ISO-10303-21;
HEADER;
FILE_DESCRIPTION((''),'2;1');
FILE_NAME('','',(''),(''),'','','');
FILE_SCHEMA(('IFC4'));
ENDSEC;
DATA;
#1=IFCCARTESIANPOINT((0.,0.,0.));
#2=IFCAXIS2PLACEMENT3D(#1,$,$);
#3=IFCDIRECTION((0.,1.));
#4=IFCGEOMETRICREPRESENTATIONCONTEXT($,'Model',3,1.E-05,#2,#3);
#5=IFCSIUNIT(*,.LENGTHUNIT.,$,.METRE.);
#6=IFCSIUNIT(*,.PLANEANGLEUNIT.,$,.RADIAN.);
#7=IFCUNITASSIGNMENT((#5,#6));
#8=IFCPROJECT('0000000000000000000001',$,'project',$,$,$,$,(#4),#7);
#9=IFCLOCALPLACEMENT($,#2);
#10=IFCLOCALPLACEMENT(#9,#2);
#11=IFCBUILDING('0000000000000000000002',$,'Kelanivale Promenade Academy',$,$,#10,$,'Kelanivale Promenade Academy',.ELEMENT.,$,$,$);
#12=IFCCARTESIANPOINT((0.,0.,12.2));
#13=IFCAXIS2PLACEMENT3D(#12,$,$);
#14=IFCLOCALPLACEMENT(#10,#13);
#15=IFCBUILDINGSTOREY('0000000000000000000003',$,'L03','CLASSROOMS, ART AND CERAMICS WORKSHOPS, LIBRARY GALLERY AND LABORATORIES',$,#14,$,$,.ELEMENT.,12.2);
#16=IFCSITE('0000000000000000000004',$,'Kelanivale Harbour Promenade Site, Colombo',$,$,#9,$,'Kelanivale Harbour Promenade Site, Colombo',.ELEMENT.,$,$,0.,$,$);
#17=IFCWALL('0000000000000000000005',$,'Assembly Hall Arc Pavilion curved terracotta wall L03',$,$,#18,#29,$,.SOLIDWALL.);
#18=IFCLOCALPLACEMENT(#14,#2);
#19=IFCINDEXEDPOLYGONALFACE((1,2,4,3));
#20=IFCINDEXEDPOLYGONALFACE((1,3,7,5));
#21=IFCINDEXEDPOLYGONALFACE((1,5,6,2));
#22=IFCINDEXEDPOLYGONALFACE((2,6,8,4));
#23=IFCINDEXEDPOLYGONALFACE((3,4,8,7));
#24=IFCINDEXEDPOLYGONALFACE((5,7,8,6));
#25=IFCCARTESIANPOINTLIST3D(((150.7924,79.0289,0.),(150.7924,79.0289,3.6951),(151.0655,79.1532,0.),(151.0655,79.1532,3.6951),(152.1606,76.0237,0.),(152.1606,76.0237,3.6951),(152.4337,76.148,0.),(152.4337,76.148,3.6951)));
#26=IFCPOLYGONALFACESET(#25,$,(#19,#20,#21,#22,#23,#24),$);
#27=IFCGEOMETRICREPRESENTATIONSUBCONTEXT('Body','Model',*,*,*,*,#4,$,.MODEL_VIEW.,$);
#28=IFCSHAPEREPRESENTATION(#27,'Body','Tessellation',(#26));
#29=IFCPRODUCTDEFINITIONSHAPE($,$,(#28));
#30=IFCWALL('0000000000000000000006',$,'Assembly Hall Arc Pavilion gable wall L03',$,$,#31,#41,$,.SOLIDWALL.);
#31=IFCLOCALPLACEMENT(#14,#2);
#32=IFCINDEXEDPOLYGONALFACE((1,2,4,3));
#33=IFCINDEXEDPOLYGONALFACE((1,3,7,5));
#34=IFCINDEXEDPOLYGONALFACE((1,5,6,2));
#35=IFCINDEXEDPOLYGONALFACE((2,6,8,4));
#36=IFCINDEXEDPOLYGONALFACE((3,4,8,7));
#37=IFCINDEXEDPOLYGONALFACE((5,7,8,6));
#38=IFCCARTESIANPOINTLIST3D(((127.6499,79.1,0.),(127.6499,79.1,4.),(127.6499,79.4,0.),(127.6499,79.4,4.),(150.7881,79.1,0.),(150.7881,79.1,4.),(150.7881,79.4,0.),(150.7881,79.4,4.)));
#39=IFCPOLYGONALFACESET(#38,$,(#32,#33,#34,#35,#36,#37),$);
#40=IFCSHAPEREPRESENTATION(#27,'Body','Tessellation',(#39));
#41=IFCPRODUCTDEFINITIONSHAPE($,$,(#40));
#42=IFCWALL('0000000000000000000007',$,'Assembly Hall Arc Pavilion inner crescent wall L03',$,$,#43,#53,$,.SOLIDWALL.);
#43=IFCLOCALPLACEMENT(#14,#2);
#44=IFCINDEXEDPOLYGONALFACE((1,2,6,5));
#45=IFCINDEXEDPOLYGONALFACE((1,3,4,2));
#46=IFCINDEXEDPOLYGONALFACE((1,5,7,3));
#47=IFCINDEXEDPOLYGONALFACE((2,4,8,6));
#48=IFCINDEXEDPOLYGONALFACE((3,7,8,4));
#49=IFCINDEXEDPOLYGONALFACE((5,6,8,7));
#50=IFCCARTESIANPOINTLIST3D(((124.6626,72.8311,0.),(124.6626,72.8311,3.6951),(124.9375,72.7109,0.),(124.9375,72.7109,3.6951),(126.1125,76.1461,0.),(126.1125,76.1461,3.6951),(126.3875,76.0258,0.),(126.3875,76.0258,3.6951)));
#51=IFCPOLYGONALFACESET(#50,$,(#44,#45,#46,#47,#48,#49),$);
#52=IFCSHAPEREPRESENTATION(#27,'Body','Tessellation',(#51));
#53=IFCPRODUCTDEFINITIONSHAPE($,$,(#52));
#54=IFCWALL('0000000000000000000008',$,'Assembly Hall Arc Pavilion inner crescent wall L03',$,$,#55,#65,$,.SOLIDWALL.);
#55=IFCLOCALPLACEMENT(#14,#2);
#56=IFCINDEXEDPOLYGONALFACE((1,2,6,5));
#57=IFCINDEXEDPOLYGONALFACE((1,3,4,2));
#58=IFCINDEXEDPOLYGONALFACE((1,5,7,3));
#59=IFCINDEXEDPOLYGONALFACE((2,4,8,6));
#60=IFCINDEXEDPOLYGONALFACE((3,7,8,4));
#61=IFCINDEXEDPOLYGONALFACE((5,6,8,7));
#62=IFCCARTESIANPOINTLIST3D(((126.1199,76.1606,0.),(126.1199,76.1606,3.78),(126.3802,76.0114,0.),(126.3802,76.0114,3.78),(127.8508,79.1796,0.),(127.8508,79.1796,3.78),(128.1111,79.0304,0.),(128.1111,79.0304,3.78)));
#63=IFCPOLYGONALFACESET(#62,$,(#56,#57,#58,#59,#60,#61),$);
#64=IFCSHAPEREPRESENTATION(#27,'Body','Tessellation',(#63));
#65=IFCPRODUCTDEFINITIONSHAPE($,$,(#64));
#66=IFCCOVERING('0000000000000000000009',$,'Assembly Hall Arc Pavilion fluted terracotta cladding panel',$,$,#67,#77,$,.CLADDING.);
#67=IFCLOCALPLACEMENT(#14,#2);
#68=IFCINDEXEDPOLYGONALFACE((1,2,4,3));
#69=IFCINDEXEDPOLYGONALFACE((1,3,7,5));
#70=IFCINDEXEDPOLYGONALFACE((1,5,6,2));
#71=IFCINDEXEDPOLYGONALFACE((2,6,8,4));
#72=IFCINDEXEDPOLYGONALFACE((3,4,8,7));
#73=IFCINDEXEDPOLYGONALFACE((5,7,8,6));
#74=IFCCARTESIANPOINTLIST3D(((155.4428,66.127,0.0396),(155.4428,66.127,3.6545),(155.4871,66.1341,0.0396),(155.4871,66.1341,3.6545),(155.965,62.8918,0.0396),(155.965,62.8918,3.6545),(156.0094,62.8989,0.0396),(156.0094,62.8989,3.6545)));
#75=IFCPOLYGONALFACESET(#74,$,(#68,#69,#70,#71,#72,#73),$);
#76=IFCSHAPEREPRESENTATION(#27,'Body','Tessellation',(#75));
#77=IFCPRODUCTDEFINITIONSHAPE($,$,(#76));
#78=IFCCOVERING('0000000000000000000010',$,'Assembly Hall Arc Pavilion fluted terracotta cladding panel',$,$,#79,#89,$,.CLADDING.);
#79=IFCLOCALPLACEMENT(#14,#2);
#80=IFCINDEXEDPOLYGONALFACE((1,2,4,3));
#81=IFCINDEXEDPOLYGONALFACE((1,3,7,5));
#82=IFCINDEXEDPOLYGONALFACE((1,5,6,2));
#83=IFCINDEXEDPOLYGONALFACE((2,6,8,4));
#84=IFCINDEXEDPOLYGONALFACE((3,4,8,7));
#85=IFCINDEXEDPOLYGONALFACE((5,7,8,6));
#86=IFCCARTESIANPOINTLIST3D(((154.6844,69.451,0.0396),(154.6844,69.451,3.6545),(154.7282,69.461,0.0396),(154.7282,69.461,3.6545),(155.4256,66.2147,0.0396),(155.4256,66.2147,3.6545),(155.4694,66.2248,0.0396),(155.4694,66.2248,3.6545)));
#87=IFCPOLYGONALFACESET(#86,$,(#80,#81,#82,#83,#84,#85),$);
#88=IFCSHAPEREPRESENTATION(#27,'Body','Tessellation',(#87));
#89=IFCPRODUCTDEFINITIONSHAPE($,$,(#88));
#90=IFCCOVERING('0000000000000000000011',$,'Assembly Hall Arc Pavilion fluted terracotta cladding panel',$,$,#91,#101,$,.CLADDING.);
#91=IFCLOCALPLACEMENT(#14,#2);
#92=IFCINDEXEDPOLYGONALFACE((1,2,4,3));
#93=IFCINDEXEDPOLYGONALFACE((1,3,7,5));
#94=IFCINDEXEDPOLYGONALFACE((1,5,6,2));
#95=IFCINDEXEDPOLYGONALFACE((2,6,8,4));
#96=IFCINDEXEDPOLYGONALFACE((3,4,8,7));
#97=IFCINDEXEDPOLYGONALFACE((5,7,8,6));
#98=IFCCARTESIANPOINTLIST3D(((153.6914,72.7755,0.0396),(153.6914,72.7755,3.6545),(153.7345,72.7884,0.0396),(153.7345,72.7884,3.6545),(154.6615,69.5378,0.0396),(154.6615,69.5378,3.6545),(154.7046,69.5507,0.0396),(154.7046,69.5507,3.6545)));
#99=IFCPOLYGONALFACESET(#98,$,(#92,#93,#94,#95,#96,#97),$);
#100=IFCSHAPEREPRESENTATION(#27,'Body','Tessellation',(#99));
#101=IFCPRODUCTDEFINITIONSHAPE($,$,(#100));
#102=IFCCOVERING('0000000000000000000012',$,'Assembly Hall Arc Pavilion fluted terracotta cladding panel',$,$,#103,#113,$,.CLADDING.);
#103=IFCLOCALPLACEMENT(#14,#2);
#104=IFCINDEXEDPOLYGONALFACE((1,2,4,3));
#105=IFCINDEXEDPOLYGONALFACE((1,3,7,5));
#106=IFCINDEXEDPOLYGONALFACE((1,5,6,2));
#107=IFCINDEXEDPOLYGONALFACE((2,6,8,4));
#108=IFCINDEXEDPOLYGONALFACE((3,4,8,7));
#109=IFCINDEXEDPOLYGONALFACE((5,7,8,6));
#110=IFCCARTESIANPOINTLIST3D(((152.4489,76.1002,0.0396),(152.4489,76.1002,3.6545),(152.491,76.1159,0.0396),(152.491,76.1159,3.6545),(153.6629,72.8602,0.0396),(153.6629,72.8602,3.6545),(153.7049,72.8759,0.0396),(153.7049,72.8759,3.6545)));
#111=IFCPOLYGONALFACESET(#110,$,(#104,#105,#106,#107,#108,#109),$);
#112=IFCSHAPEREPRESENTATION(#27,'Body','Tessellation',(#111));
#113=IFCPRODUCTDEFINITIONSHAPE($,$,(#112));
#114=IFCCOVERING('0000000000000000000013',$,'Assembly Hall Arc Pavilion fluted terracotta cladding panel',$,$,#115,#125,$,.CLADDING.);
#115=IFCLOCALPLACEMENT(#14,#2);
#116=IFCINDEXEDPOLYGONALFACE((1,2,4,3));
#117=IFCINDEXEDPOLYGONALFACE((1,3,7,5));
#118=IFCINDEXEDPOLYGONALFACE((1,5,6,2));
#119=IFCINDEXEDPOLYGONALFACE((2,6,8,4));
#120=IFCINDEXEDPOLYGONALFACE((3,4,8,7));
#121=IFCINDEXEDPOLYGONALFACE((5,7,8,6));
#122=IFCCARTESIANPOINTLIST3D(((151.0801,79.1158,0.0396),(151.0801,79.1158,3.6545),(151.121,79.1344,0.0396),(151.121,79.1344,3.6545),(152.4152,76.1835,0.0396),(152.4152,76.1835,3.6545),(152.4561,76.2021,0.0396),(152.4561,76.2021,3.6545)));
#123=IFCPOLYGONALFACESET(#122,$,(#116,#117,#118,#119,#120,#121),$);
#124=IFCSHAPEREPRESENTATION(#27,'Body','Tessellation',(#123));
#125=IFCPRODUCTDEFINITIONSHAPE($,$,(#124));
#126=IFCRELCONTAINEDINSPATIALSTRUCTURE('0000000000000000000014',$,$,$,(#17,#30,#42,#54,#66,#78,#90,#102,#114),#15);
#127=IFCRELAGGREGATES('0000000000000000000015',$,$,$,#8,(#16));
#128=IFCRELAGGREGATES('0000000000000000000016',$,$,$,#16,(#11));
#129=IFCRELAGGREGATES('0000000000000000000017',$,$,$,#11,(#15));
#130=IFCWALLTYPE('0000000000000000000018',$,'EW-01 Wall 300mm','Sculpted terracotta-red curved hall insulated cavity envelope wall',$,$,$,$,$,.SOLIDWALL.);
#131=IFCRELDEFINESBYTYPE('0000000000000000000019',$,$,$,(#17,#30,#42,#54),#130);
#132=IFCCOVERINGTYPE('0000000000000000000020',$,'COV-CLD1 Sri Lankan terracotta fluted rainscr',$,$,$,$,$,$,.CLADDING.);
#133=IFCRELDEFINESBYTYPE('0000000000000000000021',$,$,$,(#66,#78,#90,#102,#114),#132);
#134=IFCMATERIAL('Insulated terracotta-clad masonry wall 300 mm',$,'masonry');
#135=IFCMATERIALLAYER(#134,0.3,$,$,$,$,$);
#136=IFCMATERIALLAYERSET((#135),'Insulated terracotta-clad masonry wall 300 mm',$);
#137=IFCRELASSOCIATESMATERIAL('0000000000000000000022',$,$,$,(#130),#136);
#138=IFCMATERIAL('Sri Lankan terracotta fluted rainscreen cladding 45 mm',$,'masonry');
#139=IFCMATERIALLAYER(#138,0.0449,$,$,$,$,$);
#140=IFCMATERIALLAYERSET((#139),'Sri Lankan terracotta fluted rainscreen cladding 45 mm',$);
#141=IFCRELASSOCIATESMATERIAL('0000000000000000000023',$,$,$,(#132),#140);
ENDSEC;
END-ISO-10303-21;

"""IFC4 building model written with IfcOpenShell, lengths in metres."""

from ifc_helpers import new_model, si_unit, direction, frame, frame_2d, origin, origin_2d, place, context, subcontext, project, spatial, rectangle, extrude, material, layer, layer_set, type_object, element, save


model = new_model("IFC4")

# Units and contexts
model_context = context("Model", 3, precision=1e-05, world=origin(), true_north=direction((0.0, 1.0)))
body_context = subcontext(model_context, "Body", "Model", "MODEL_VIEW")
ifc_project = project(units=[si_unit("LENGTHUNIT", "METRE"), si_unit("PLANEANGLEUNIT", "RADIAN")], contexts=[model_context])

# Site, building, storey
site_placement = place(None, origin())
site = spatial("IfcSite", under=ifc_project, at=site_placement, Name="Kelanivale Harbour Promenade Site, Colombo", LongName="Kelanivale Harbour Promenade Site, Colombo", CompositionType="ELEMENT", RefElevation=0.0)
building_placement = place(site_placement, origin())
building = spatial("IfcBuilding", under=site, at=building_placement, Name="Kelanivale Promenade Academy", LongName="Kelanivale Promenade Academy", CompositionType="ELEMENT")
storey_placement = place(building_placement, frame((0.0, 0.0, 12.2)))
storey = spatial("IfcBuildingStorey", under=building, at=storey_placement, Name="L03", Description="CLASSROOMS, ART AND CERAMICS WORKSHOPS, LIBRARY GALLERY AND LABORATORIES", CompositionType="ELEMENT", Elevation=12.2)

# Shared definitions
ifc_material_1 = material(Name="Insulated terracotta-clad masonry wall 300 mm", Category="masonry")
ifc_layer_1 = layer(ifc_material_1, 0.3)
ifc_layer_set_1 = layer_set([ifc_layer_1], Name="Insulated terracotta-clad masonry wall 300 mm")
wall_type = type_object("IfcWallType", Name="EW-01 Wall 300mm", Description="Sculpted terracotta-red curved hall insulated cavity envelope wall", PredefinedType="SOLIDWALL", material=ifc_layer_set_1)

# Walls
wall_1_placement = place(storey_placement, frame((152.2971, 76.0859, 0.0), z_axis=(0.0, 0.0, 1.0), x_axis=(-0.414354, 0.910116, 0.0)))
element("IfcWall", 1, at=wall_1_placement, inside=storey, type_object=wall_type, Name="Assembly Hall Arc Pavilion curved terracotta wall L03", PredefinedType="SOLIDWALL", context=body_context, shape_type="SweptSolid", body=[
    extrude(rectangle(XDim=3.302, YDim=0.3, at=frame_2d((1.6509, 0.0))), origin(), (0.0, 0.0, 1.0), 3.6951),
])
wall_2_placement = place(storey_placement, frame((150.7881, 79.25, 0.0), z_axis=(0.0, 0.0, 1.0), x_axis=(-1.0, 0.0, 0.0)))
element("IfcWall", 2, at=wall_2_placement, inside=storey, type_object=wall_type, Name="Assembly Hall Arc Pavilion gable wall L03", PredefinedType="SOLIDWALL", context=body_context, shape_type="SweptSolid", body=[
    extrude(rectangle(XDim=23.1382, YDim=0.3, at=frame_2d((11.5691, 0.0))), origin(), (0.0, 0.0, 1.0), 4.0),
])
wall_3_placement = place(storey_placement, frame((126.25, 76.0859, 0.0), z_axis=(0.0, 0.0, 1.0), x_axis=(-0.400741, -0.916191, 0.0)))
element("IfcWall", 3, at=wall_3_placement, inside=storey, type_object=wall_type, Name="Assembly Hall Arc Pavilion inner crescent wall L03", PredefinedType="SOLIDWALL", context=body_context, shape_type="SweptSolid", body=[
    extrude(rectangle(XDim=3.6182, YDim=0.3, at=frame_2d((1.8091, 0.0))), origin(), (0.0, 0.0, 1.0), 3.6951),
])
wall_4_placement = place(storey_placement, frame((127.981, 79.105, 0.0), z_axis=(0.0, 0.0, 1.0), x_axis=(-0.497393, -0.867526, 0.0)))
element("IfcWall", 4, at=wall_4_placement, inside=storey, type_object=wall_type, Name="Assembly Hall Arc Pavilion inner crescent wall L03", PredefinedType="SOLIDWALL", context=body_context, shape_type="SweptSolid", body=[
    extrude(rectangle(XDim=3.48, YDim=0.3, at=frame_2d((1.74, 0.0))), origin(), (0.0, 0.0, 1.0), 3.78),
])

# Coverings
ifc_material_2 = material(Name="Sri Lankan terracotta fluted rainscreen cladding 45 mm", Category="masonry")
ifc_layer_2 = layer(ifc_material_2, 0.0449)
ifc_layer_set_2 = layer_set([ifc_layer_2], Name="Sri Lankan terracotta fluted rainscreen cladding 45 mm")
covering_type = type_object("IfcCoveringType", Name="COV-CLD1 Sri Lankan terracotta fluted rainscr", PredefinedType="CLADDING", material=ifc_layer_set_2)
covering_1_placement = place(storey_placement, frame((155.7261, 64.5129, 0.0396), z_axis=(0.0, 0.0, 1.0), x_axis=(-0.159364, 0.98722, 0.0)))
element("IfcCovering", 5, at=covering_1_placement, inside=storey, type_object=covering_type, Name="Assembly Hall Arc Pavilion fluted terracotta cladding panel", PredefinedType="CLADDING", context=body_context, shape_type="SweptSolid", body=[
    extrude(rectangle(XDim=3.2771, YDim=0.0449, at=origin_2d()), origin(), (0.0, 0.0, 1.0), 3.615),
])
covering_2_placement = place(storey_placement, frame((155.0769, 67.8379, 0.0396), z_axis=(0.0, 0.0, 1.0), x_axis=(-0.22325, 0.974761, 0.0)))
element("IfcCovering", 6, at=covering_2_placement, inside=storey, type_object=covering_type, Name="Assembly Hall Arc Pavilion fluted terracotta cladding panel", PredefinedType="CLADDING", context=body_context, shape_type="SweptSolid", body=[
    extrude(rectangle(XDim=3.3201, YDim=0.0449, at=origin_2d()), origin(), (0.0, 0.0, 1.0), 3.615),
])
covering_3_placement = place(storey_placement, frame((154.198, 71.1631, 0.0396), z_axis=(0.0, 0.0, 1.0), x_axis=(-0.287026, 0.957923, 0.0)))
element("IfcCovering", 7, at=covering_3_placement, inside=storey, type_object=covering_type, Name="Assembly Hall Arc Pavilion fluted terracotta cladding panel", PredefinedType="CLADDING", context=body_context, shape_type="SweptSolid", body=[
    extrude(rectangle(XDim=3.3799, YDim=0.0449, at=origin_2d()), origin(), (0.0, 0.0, 1.0), 3.615),
])
covering_4_placement = place(storey_placement, frame((153.0769, 74.488, 0.0396), z_axis=(0.0, 0.0, 1.0), x_axis=(-0.350861, 0.936427, 0.0)))
element("IfcCovering", 8, at=covering_4_placement, inside=storey, type_object=covering_type, Name="Assembly Hall Arc Pavilion fluted terracotta cladding panel", PredefinedType="CLADDING", context=body_context, shape_type="SweptSolid", body=[
    extrude(rectangle(XDim=3.46, YDim=0.0449, at=origin_2d()), origin(), (0.0, 0.0, 1.0), 3.615),
])
covering_5_placement = place(storey_placement, frame((151.7681, 77.6589, 0.0396), z_axis=(0.0, 0.0, 1.0), x_axis=(-0.414376, 0.910106, 0.0)))
element("IfcCovering", 9, at=covering_5_placement, inside=storey, type_object=covering_type, Name="Assembly Hall Arc Pavilion fluted terracotta cladding panel", PredefinedType="CLADDING", context=body_context, shape_type="SweptSolid", body=[
    extrude(rectangle(XDim=3.2219, YDim=0.0449, at=origin_2d()), origin(), (0.0, 0.0, 1.0), 3.615),
])

save(model, "model.ifc")
